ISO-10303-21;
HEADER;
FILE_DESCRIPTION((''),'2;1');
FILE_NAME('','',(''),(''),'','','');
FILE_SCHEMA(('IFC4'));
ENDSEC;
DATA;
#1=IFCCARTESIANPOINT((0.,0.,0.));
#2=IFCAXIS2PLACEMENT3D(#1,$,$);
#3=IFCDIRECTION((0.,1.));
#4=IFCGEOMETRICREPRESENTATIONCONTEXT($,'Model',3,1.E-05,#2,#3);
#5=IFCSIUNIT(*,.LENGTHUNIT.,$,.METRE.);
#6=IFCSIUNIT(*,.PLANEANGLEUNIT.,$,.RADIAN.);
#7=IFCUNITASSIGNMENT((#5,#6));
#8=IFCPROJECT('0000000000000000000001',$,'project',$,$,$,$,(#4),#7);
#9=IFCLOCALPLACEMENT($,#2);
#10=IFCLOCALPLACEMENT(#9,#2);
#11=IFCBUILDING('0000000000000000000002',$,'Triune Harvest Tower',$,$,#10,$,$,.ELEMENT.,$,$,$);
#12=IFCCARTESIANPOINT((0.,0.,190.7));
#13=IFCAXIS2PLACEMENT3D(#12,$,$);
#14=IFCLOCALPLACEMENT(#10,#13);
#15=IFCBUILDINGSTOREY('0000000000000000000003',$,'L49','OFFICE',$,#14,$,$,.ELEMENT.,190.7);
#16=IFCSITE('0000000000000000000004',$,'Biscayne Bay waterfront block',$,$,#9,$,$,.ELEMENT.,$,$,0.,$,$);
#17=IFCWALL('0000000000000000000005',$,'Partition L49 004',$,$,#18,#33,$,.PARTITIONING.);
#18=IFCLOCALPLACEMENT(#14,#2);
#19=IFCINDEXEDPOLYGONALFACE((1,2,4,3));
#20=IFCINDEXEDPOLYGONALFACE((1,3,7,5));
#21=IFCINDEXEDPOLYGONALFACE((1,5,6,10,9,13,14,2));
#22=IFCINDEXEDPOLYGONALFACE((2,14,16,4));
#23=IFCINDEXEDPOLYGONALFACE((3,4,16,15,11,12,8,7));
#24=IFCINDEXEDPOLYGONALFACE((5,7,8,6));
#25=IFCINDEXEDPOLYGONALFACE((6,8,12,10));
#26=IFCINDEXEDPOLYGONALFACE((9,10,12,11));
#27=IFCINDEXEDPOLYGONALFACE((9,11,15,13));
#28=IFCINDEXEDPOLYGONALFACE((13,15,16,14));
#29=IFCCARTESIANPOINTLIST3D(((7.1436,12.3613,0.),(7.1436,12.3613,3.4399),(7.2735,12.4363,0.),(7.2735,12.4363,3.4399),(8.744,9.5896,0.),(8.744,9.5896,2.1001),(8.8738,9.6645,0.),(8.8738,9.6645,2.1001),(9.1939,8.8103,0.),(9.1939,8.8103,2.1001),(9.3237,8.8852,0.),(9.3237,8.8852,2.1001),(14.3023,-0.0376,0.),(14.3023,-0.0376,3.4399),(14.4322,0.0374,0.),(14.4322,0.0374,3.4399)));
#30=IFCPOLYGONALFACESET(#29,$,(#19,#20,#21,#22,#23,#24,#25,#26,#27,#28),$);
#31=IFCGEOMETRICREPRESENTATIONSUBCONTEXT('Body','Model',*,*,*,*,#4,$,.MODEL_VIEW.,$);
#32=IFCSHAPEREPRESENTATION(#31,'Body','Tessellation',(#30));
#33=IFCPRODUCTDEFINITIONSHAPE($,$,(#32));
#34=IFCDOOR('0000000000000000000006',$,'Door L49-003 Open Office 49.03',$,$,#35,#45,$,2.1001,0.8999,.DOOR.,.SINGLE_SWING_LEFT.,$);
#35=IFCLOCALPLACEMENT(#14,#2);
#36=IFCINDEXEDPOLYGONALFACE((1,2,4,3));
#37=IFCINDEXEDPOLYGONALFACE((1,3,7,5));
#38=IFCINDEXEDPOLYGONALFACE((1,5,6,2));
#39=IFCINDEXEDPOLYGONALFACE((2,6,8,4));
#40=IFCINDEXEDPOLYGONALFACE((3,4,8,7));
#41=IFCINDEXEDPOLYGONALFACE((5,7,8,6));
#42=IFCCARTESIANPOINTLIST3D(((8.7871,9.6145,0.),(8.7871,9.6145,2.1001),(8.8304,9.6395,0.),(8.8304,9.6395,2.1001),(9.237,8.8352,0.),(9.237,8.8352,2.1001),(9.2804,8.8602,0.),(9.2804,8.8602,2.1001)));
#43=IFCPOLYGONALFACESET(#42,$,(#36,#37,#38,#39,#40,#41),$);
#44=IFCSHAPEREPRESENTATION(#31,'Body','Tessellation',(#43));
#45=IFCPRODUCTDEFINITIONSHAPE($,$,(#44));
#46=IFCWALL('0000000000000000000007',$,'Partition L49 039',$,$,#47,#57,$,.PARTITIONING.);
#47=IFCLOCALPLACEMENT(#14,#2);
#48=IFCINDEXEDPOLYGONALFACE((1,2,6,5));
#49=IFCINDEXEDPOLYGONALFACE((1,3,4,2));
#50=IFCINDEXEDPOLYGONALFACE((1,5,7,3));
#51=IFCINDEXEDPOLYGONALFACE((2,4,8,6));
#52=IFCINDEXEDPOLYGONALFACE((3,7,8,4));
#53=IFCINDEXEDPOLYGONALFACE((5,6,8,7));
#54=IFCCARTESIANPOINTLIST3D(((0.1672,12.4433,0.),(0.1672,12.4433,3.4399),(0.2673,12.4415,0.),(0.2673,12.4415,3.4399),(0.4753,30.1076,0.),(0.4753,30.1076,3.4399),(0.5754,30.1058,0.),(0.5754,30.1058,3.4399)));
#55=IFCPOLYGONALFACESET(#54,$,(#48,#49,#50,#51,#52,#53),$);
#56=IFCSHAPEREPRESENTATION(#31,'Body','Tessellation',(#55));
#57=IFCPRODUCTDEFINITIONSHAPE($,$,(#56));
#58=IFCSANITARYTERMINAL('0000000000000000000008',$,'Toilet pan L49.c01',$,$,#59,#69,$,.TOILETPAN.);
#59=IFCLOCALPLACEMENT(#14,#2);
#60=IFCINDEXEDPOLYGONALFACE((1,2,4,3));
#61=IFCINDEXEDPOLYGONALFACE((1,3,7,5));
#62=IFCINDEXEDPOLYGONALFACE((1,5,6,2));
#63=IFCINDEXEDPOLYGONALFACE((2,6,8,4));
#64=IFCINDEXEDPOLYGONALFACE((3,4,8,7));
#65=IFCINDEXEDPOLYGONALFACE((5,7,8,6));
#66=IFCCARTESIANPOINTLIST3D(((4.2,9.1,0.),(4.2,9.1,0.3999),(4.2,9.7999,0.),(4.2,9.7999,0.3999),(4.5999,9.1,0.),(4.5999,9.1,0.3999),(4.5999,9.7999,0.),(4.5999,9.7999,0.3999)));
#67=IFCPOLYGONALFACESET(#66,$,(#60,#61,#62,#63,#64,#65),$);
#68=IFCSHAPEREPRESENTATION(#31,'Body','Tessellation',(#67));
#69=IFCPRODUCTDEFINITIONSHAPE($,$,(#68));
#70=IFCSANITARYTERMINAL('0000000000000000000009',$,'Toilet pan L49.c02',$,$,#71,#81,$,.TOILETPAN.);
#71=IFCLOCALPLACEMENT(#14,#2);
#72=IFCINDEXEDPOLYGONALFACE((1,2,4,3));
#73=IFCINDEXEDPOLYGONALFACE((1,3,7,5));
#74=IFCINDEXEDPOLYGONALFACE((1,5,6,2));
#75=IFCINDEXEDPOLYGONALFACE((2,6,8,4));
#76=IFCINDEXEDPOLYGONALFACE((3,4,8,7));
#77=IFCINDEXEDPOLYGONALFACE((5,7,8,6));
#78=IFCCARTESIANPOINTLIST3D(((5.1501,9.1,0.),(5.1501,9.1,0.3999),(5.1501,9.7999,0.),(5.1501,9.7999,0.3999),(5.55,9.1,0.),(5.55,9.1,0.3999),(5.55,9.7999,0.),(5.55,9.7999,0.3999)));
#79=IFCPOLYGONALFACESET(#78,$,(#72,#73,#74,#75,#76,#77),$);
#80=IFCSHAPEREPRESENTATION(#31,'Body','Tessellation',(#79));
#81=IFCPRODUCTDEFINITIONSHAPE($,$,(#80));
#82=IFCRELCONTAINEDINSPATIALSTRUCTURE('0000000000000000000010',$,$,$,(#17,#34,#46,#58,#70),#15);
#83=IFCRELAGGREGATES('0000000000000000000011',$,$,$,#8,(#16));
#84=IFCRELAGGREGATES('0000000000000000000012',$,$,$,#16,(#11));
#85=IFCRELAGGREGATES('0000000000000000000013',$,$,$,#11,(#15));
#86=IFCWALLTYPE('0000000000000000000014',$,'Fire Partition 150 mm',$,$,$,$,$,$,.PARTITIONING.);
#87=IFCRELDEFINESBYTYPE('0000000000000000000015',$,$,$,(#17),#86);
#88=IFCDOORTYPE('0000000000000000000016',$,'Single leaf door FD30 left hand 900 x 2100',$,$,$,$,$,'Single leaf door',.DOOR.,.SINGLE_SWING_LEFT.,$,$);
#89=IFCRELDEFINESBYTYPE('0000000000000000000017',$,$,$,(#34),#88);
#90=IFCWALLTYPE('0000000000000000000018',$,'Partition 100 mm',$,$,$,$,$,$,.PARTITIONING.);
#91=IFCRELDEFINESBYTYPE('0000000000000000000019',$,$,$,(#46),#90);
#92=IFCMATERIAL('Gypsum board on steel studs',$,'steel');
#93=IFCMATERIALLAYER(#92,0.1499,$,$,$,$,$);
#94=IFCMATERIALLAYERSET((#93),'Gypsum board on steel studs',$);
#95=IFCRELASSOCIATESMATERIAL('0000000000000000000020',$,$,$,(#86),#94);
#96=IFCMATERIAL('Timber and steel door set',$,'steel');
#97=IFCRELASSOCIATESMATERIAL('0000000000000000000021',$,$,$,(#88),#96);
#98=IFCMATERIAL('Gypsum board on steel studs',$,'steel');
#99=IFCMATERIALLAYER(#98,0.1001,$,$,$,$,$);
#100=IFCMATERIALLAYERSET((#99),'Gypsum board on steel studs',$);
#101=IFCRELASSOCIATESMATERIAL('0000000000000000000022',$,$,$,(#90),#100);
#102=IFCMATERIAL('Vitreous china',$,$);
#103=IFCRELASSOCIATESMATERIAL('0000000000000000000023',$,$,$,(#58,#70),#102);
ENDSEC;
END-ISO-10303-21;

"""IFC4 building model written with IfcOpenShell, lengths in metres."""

from ifc_helpers import new_model, si_unit, direction, frame, frame_2d, origin, origin_2d, place, context, subcontext, project, spatial, rectangle, extrude, source, transform, mapped, material, layer, layer_set, type_object, element, fill, save


model = new_model("IFC4")

# Units and contexts
model_context = context("Model", 3, precision=1e-05, world=origin(), true_north=direction((0.0, 1.0)))
body_context = subcontext(model_context, "Body", "Model", "MODEL_VIEW")
ifc_project = project(units=[si_unit("LENGTHUNIT", "METRE"), si_unit("PLANEANGLEUNIT", "RADIAN")], contexts=[model_context])

# Site, building, storey
site_placement = place(None, origin())
site = spatial("IfcSite", under=ifc_project, at=site_placement, Name="Biscayne Bay waterfront block", CompositionType="ELEMENT", RefElevation=0.0)
building_placement = place(site_placement, origin())
building = spatial("IfcBuilding", under=site, at=building_placement, Name="Triune Harvest Tower", CompositionType="ELEMENT")
storey_placement = place(building_placement, frame((0.0, 0.0, 190.7)))
storey = spatial("IfcBuildingStorey", under=building, at=storey_placement, Name="L49", Description="OFFICE", CompositionType="ELEMENT", Elevation=190.7)

# Wall, opening, door
ifc_material_1 = material(Name="Gypsum board on steel studs", Category="steel")
ifc_layer_1 = layer(ifc_material_1, 0.1499)
ifc_layer_set_1 = layer_set([ifc_layer_1], Name="Gypsum board on steel studs")
wall_type_1 = type_object("IfcWallType", Name="Fire Partition 150 mm", PredefinedType="PARTITIONING", material=ifc_layer_set_1)
shared_shape_1 = source(origin(), body_context, "Body", "SweptSolid", [
    extrude(rectangle(XDim=14.3171, YDim=0.1499, at=frame_2d((7.1587, 0.0))), origin(), (0.0, 0.0, 1.0), 3.4399),
])
wall_1_placement = place(storey_placement, frame((7.2085, 12.3989, 0.0), z_axis=(0.0, 0.0, 1.0), x_axis=(0.500009, -0.86602, 0.0)))
wall_1 = element("IfcWall", 1, at=wall_1_placement, inside=storey, type_object=wall_type_1, Name="Partition L49 004", PredefinedType="PARTITIONING", context=body_context, shape_type="MappedRepresentation", body=[
    mapped(shared_shape_1, transform((0.0, 0.0, 0.0), scale=1.0)),
])
opening_1_placement = place(wall_1_placement, frame((3.2007, 0.0, 0.0)))
opening_1 = element("IfcOpeningElement", 2, at=opening_1_placement, cuts=wall_1, PredefinedType="OPENING", context=body_context, shape_type="SweptSolid", body=[
    extrude(rectangle(XDim=0.8999, YDim=2.1001, at=frame_2d((0.45, 1.05))), frame((0.0, 0.085, 0.0), z_axis=(0.0, -1.0, 0.0), x_axis=(1.0, 0.0, 0.0)), (0.0, 0.0, 1.0), 0.1699),
])
ifc_material_2 = material(Name="Timber and steel door set", Category="steel")
door_type_1 = type_object("IfcDoorType", Name="Single leaf door FD30 left hand 900 x 2100", ElementType="Single leaf door", OperationType="SINGLE_SWING_LEFT", PredefinedType="DOOR", material=ifc_material_2)
door_1_placement = place(opening_1_placement, origin())
door_1 = element("IfcDoor", 3, at=door_1_placement, inside=storey, type_object=door_type_1, Name="Door L49-003 Open Office 49.03", OperationType="SINGLE_SWING_LEFT", OverallHeight=2.1001, OverallWidth=0.8999, PredefinedType="DOOR", context=body_context, shape_type="SweptSolid", body=[
    extrude(rectangle(XDim=0.8999, YDim=2.1001, at=frame_2d((0.45, 1.05))), frame((0.0, 0.0249, 0.0), z_axis=(0.0, -1.0, 0.0), x_axis=(1.0, 0.0, 0.0)), (0.0, 0.0, 1.0), 0.05),
])
fill(opening_1, door_1)

# Wall
ifc_material_3 = material(Name="Gypsum board on steel studs", Category="steel")
ifc_layer_2 = layer(ifc_material_3, 0.1001)
ifc_layer_set_2 = layer_set([ifc_layer_2], Name="Gypsum board on steel studs")
wall_type_2 = type_object("IfcWallType", Name="Partition 100 mm", PredefinedType="PARTITIONING", material=ifc_layer_set_2)
shared_shape_2 = source(origin(), body_context, "Body", "SweptSolid", [
    extrude(rectangle(XDim=17.667, YDim=0.1001, at=frame_2d((8.8335, 0.0))), origin(), (0.0, 0.0, 1.0), 3.4399),
])
wall_2_placement = place(storey_placement, frame((0.2173, 12.4424, 0.0), z_axis=(0.0, 0.0, 1.0), x_axis=(0.01744, 0.999848, 0.0)))
element("IfcWall", 4, at=wall_2_placement, inside=storey, type_object=wall_type_2, Name="Partition L49 039", PredefinedType="PARTITIONING", context=body_context, shape_type="MappedRepresentation", body=[
    mapped(shared_shape_2, transform((0.0, 0.0, 0.0), scale=1.0)),
])

# Sanitary terminals
ifc_material_4 = material(Name="Vitreous china")
shared_shape_3 = source(origin(), body_context, "Body", "SweptSolid", [
    extrude(rectangle(XDim=0.3999, YDim=0.7, at=origin_2d()), origin(), (0.0, 0.0, 1.0), 0.3999),
])
for number, where, z_axis, x_axis, name in (
    (5, (4.3999, 9.45, 0.0), (0.0, 0.0, 1.0), (1.0, 0.0, 0.0), "Toilet pan L49.c01"),
    (6, (5.3501, 9.45, 0.0), (0.0, 0.0, 1.0), (1.0, 0.0, 0.0), "Toilet pan L49.c02"),
):
    element("IfcSanitaryTerminal", number, at=place(storey_placement, frame(where, z_axis=z_axis, x_axis=x_axis)), inside=storey, material=ifc_material_4, Name=name, PredefinedType="TOILETPAN", context=body_context, shape_type="MappedRepresentation", body=[
        mapped(shared_shape_3, transform((0.0, 0.0, 0.0), scale=1.0)),
    ])

save(model, "model.ifc")
